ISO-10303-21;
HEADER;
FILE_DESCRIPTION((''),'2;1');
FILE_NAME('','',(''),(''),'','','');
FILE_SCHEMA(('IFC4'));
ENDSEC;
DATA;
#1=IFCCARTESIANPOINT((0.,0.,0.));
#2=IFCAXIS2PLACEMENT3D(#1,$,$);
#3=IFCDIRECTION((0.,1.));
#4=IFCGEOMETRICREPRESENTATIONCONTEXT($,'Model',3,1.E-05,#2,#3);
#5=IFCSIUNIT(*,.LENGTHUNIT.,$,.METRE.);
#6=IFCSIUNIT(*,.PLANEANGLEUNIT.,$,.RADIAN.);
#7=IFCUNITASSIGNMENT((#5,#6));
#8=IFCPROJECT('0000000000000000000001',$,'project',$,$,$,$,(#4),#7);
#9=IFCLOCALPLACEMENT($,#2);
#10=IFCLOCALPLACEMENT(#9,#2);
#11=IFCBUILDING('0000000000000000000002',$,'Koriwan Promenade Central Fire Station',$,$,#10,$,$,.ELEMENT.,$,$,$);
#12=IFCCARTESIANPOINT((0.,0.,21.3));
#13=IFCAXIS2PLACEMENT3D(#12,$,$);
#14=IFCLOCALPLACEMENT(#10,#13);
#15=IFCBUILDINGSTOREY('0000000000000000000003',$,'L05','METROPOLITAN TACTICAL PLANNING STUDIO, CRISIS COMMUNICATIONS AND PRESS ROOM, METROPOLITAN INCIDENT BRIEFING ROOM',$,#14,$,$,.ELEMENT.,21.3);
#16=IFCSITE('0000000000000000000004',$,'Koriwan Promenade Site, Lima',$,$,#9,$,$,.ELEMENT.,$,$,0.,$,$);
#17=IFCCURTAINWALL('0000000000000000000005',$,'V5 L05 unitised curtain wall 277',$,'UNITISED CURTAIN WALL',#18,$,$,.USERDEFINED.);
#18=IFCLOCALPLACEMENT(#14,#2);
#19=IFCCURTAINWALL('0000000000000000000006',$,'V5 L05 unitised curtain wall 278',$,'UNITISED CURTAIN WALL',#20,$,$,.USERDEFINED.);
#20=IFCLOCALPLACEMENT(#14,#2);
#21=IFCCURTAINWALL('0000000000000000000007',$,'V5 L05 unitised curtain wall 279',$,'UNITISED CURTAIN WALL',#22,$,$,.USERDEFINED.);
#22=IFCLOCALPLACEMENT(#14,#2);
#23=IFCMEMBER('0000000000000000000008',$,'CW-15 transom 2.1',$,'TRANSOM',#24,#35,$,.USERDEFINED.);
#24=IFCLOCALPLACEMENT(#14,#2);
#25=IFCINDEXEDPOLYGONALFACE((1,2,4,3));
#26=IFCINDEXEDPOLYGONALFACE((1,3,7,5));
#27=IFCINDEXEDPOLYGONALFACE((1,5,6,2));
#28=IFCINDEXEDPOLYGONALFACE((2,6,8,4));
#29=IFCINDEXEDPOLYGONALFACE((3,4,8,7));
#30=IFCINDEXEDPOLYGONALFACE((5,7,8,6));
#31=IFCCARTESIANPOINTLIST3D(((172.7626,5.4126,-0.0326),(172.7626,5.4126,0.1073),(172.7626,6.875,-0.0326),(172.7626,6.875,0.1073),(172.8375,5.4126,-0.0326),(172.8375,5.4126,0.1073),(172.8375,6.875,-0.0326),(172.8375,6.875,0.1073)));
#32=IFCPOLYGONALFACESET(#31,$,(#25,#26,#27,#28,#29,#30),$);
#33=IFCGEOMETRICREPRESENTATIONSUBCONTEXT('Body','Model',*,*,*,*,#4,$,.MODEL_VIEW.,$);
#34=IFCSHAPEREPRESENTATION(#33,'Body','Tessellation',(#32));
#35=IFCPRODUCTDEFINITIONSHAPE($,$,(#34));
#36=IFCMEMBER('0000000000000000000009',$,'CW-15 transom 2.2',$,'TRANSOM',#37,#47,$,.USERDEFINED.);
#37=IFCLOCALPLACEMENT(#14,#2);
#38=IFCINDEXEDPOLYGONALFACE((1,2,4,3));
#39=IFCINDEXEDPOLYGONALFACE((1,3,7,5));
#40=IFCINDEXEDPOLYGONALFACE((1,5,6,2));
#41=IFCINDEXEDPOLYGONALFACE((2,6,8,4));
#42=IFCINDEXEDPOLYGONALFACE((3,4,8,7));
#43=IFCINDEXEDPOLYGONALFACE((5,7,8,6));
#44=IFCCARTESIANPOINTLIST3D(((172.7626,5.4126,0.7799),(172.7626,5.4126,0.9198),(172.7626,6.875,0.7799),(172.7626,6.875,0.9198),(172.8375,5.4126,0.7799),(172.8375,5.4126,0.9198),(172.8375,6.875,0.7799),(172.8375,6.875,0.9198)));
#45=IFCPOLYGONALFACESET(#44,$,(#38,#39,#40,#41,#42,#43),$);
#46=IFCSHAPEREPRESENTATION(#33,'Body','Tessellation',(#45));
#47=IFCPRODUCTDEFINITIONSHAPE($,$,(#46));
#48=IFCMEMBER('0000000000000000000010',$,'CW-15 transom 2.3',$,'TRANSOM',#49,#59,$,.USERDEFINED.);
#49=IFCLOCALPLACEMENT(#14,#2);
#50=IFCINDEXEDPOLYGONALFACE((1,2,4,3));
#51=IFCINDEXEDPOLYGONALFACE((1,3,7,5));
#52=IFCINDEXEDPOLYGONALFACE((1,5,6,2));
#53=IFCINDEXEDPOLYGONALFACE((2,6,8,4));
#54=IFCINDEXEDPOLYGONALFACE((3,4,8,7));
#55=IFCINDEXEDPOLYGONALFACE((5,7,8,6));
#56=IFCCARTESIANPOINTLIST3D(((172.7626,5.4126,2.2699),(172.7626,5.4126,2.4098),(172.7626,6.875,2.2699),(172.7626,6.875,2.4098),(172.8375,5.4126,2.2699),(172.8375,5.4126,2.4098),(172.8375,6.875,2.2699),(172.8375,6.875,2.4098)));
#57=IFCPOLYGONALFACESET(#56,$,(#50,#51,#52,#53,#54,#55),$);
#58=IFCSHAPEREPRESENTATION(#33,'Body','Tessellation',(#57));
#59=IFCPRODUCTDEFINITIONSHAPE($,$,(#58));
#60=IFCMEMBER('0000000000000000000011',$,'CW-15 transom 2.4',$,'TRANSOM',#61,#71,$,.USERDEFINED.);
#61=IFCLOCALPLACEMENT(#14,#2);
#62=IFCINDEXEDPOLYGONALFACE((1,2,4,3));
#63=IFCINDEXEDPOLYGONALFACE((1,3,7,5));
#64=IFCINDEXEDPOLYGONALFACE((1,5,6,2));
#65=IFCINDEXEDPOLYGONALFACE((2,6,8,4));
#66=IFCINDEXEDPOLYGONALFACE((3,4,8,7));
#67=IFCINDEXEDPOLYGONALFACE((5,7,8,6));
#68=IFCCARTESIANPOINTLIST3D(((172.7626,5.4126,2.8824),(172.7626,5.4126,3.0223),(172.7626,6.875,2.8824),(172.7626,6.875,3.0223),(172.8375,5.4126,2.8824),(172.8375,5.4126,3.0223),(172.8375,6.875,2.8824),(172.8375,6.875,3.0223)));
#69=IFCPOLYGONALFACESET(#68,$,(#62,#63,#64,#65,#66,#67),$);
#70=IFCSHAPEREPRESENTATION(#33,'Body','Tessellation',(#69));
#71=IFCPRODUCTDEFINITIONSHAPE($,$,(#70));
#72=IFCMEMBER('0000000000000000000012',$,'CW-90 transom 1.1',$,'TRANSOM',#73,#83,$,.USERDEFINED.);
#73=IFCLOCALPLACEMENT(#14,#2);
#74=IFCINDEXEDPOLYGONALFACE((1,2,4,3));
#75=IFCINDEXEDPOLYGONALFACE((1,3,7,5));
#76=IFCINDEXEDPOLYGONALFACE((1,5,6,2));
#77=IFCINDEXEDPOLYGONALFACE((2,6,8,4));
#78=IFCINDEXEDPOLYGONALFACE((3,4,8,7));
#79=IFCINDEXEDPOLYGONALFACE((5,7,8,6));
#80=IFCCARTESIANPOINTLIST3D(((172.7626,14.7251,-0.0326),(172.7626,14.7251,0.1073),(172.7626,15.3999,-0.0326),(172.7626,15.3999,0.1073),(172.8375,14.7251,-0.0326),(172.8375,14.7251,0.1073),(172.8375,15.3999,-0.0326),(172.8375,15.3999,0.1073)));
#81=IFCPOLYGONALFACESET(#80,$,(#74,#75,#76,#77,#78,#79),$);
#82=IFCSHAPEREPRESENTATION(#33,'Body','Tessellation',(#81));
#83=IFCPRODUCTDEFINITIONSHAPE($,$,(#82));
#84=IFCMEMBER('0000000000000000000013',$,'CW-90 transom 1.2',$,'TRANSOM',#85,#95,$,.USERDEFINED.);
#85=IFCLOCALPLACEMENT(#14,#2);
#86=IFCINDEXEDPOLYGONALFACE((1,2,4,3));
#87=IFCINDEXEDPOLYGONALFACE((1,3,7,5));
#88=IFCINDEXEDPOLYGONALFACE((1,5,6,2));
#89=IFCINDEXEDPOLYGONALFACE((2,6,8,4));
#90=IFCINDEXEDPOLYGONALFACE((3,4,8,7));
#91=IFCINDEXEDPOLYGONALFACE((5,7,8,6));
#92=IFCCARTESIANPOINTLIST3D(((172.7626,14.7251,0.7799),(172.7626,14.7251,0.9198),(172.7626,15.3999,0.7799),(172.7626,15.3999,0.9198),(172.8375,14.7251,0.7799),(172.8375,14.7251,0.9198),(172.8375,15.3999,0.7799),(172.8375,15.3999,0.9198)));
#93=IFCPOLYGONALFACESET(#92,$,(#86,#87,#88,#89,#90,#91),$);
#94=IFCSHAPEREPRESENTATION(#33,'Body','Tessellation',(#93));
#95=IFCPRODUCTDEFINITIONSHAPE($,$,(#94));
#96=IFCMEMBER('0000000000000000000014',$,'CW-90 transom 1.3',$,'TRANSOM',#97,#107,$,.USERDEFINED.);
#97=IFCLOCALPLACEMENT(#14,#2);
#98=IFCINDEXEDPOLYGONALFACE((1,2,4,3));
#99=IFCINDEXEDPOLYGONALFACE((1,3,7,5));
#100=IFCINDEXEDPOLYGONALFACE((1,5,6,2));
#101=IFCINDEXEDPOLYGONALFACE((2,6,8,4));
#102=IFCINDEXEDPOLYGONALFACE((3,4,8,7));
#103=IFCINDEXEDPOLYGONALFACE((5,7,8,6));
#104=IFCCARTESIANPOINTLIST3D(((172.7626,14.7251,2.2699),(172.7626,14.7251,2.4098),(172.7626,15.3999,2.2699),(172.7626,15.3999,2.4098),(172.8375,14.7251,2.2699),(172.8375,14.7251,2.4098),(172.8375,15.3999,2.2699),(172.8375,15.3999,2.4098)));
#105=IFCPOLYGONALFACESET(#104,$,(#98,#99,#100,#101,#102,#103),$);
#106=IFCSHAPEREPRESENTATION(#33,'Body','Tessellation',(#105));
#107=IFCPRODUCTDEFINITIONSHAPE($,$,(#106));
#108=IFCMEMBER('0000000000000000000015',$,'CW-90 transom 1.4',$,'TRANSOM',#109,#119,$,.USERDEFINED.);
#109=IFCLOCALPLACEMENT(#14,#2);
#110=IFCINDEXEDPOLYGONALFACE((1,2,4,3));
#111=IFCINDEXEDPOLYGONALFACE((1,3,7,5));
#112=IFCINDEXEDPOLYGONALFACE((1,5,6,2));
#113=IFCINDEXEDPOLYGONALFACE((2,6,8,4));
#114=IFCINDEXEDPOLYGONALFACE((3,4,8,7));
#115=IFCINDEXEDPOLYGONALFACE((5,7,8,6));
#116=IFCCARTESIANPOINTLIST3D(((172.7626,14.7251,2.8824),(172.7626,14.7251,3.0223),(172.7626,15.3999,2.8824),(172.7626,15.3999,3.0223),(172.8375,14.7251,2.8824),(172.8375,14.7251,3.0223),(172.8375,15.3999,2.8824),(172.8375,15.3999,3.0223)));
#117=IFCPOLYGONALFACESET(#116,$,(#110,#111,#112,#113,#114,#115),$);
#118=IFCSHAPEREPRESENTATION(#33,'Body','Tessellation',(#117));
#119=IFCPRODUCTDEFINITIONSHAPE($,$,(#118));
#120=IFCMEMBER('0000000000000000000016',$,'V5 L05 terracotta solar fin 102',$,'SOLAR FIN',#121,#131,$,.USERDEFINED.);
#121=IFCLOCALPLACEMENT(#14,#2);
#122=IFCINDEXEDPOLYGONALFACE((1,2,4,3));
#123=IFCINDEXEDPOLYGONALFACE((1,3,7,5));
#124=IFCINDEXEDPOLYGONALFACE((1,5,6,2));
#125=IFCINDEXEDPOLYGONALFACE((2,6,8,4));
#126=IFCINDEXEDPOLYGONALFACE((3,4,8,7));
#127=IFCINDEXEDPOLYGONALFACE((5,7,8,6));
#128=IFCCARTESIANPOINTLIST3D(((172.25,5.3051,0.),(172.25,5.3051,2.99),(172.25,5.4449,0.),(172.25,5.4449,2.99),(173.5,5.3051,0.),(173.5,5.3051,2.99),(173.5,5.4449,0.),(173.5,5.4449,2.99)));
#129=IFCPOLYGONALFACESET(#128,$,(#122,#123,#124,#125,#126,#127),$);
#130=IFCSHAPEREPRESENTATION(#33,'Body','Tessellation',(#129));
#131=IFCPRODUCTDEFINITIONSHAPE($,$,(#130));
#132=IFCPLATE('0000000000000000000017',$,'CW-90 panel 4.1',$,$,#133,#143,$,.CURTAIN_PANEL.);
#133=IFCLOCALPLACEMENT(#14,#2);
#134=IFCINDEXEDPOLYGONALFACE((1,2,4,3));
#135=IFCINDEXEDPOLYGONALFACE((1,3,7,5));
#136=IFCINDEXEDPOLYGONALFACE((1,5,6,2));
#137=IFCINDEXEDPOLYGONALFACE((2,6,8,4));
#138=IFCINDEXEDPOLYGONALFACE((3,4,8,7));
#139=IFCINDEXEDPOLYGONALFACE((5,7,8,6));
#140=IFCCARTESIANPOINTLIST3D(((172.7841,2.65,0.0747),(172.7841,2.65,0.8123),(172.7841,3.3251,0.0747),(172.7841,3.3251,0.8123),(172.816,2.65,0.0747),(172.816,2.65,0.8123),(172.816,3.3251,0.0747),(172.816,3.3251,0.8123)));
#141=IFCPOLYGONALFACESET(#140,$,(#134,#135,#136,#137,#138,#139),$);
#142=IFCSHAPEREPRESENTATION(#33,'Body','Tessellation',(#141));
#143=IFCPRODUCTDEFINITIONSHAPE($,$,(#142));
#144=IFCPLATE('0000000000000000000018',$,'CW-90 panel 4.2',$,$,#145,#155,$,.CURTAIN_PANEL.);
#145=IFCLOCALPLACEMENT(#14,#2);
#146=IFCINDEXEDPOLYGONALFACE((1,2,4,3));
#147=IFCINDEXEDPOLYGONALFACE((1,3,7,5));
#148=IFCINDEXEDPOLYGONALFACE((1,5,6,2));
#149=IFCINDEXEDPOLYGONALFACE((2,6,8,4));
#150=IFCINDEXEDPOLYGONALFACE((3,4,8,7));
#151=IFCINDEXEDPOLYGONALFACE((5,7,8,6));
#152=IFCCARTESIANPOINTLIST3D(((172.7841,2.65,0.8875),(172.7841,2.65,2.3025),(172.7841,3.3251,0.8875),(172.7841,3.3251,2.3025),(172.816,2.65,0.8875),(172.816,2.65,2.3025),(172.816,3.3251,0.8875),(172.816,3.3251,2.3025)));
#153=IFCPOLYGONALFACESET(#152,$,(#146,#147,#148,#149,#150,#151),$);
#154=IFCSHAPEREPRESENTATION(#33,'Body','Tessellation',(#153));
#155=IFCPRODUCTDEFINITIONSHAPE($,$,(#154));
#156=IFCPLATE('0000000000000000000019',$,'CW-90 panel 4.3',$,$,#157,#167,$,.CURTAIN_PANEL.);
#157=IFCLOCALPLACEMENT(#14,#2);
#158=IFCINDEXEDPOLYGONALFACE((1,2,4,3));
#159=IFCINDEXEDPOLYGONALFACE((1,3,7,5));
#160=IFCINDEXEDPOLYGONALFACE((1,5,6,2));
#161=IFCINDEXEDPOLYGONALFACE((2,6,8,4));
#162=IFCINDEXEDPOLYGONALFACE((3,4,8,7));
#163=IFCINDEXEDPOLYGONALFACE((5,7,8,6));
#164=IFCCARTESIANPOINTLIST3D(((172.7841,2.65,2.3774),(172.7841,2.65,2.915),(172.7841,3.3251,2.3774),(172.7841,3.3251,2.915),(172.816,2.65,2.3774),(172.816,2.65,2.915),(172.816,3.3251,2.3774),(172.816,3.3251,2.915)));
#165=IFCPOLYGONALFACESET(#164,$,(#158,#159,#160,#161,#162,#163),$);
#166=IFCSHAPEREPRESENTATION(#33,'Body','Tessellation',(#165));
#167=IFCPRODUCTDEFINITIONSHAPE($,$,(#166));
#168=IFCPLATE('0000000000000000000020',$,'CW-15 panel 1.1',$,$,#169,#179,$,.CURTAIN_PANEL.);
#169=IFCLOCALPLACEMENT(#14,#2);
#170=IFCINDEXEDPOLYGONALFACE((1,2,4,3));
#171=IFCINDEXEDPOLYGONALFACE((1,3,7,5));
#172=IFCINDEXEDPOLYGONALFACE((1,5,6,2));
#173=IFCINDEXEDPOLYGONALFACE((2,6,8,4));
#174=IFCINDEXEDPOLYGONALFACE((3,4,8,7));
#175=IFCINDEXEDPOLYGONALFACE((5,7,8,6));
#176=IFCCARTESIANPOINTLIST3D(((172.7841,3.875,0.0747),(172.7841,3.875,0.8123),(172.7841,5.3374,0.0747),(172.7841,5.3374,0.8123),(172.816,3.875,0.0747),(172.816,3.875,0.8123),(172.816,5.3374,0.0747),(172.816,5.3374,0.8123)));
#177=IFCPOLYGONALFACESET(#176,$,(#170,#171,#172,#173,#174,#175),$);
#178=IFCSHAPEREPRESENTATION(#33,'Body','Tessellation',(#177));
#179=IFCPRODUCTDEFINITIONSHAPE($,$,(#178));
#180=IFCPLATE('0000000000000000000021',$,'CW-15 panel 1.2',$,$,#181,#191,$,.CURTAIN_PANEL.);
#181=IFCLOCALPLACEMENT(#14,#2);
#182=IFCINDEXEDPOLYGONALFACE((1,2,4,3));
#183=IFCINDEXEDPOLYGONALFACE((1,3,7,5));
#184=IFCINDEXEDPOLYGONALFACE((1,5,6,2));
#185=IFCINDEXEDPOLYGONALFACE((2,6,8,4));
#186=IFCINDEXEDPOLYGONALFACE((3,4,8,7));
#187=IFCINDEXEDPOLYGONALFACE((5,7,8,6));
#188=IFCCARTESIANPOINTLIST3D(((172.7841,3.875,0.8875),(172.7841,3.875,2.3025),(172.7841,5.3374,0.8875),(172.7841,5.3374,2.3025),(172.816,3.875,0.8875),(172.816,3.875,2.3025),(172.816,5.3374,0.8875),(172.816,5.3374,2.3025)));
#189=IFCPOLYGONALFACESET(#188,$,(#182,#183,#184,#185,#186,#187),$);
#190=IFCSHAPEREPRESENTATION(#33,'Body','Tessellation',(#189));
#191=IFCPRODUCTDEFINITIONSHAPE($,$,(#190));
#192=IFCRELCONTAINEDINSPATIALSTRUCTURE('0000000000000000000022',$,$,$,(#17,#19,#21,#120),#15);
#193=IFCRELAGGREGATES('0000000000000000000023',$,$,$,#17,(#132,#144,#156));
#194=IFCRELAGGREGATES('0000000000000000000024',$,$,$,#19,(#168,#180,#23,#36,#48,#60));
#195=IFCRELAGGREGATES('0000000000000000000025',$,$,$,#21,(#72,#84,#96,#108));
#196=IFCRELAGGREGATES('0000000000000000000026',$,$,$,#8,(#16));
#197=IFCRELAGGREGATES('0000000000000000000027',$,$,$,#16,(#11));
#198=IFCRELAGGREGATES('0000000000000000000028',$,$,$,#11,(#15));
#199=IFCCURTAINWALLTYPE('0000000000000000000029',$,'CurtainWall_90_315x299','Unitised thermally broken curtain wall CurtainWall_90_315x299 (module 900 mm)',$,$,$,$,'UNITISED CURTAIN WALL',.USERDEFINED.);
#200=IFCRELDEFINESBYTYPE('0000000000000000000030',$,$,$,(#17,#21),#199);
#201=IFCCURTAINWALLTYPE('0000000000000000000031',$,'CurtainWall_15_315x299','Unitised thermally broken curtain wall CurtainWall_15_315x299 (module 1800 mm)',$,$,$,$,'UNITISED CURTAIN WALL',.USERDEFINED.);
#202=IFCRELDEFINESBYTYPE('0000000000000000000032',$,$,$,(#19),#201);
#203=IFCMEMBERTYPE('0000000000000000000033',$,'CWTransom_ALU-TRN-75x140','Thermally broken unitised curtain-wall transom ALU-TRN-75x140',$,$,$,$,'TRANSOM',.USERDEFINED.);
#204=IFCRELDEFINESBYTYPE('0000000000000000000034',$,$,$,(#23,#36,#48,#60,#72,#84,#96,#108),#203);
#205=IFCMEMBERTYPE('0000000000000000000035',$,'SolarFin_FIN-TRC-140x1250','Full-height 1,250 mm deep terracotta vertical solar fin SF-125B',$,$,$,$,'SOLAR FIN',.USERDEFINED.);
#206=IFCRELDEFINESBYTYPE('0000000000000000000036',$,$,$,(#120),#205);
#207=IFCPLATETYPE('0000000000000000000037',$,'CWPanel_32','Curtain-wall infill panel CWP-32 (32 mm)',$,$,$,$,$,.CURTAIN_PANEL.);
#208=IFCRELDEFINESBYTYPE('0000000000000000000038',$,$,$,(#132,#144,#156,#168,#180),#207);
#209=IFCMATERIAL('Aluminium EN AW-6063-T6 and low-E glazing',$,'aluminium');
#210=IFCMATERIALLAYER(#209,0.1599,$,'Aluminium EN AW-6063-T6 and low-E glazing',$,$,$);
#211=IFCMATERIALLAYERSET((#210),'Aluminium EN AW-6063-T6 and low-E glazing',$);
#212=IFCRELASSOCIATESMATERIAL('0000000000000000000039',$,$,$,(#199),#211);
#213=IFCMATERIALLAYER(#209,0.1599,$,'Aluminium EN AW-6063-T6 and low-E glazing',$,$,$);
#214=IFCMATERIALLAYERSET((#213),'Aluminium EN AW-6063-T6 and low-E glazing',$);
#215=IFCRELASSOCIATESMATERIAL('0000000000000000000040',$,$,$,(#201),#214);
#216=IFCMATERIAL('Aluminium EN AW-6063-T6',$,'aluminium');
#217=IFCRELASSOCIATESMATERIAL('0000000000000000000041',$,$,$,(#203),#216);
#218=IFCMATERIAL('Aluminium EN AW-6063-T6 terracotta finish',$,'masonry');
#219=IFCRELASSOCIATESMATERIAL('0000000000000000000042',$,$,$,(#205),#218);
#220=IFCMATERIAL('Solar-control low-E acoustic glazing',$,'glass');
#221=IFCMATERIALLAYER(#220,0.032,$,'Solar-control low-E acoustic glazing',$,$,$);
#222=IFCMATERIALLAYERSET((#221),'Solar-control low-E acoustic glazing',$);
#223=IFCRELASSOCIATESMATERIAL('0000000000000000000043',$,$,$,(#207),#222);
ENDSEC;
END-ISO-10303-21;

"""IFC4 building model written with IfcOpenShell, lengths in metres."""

from ifc_helpers import new_model, si_unit, direction, frame, origin, origin_2d, place, context, subcontext, project, spatial, rectangle, extrude, material, layer, layer_set, material_profile, profile_set, type_object, element, aggregate, save


model = new_model("IFC4")

# Units and contexts
model_context = context("Model", 3, precision=1e-05, world=origin(), true_north=direction((0.0, 1.0)))
body_context = subcontext(model_context, "Body", "Model", "MODEL_VIEW")
ifc_project = project(units=[si_unit("LENGTHUNIT", "METRE"), si_unit("PLANEANGLEUNIT", "RADIAN")], contexts=[model_context])

# Site, building, storey
site_placement = place(None, origin())
site = spatial("IfcSite", under=ifc_project, at=site_placement, Name="Koriwan Promenade Site, Lima", CompositionType="ELEMENT", RefElevation=0.0)
building_placement = place(site_placement, origin())
building = spatial("IfcBuilding", under=site, at=building_placement, Name="Koriwan Promenade Central Fire Station", CompositionType="ELEMENT")
storey_placement = place(building_placement, frame((0.0, 0.0, 21.3)))
storey = spatial("IfcBuildingStorey", under=building, at=storey_placement, Name="L05", Description="METROPOLITAN TACTICAL PLANNING STUDIO, CRISIS COMMUNICATIONS AND PRESS ROOM, METROPOLITAN INCIDENT BRIEFING ROOM", CompositionType="ELEMENT", Elevation=21.3)

# Curtain wall
ifc_material_1 = material(Name="Aluminium EN AW-6063-T6 and low-E glazing", Category="aluminium")
ifc_layer_1 = layer(ifc_material_1, 0.1599, Name="Aluminium EN AW-6063-T6 and low-E glazing")
ifc_layer_set_1 = layer_set([ifc_layer_1], Name="Aluminium EN AW-6063-T6 and low-E glazing")
curtain_wall_type_1 = type_object("IfcCurtainWallType", Name="CurtainWall_90_315x299", Description="Unitised thermally broken curtain wall CurtainWall_90_315x299 (module 900 mm)", ElementType="UNITISED CURTAIN WALL", PredefinedType="USERDEFINED", material=ifc_layer_set_1)
curtain_wall_1_placement = place(storey_placement, origin())
curtain_wall_1 = element("IfcCurtainWall", 1, at=curtain_wall_1_placement, inside=storey, type_object=curtain_wall_type_1, Name="V5 L05 unitised curtain wall 277", ObjectType="UNITISED CURTAIN WALL", PredefinedType="USERDEFINED")
ifc_material_2 = material(Name="Aluminium EN AW-6063-T6", Category="aluminium")

# Curtain wall
ifc_layer_2 = layer(ifc_material_1, 0.1599, Name="Aluminium EN AW-6063-T6 and low-E glazing")
ifc_layer_set_2 = layer_set([ifc_layer_2], Name="Aluminium EN AW-6063-T6 and low-E glazing")
curtain_wall_type_2 = type_object("IfcCurtainWallType", Name="CurtainWall_15_315x299", Description="Unitised thermally broken curtain wall CurtainWall_15_315x299 (module 1800 mm)", ElementType="UNITISED CURTAIN WALL", PredefinedType="USERDEFINED", material=ifc_layer_set_2)
curtain_wall_2_placement = place(storey_placement, origin())
curtain_wall_2 = element("IfcCurtainWall", 2, at=curtain_wall_2_placement, inside=storey, type_object=curtain_wall_type_2, Name="V5 L05 unitised curtain wall 278", ObjectType="UNITISED CURTAIN WALL", PredefinedType="USERDEFINED")

# Curtain wall
curtain_wall_3_placement = place(storey_placement, origin())
curtain_wall_3 = element("IfcCurtainWall", 3, at=curtain_wall_3_placement, inside=storey, type_object=curtain_wall_type_1, Name="V5 L05 unitised curtain wall 279", ObjectType="UNITISED CURTAIN WALL", PredefinedType="USERDEFINED")

# Members
ifc_material_profile_1 = material_profile(ifc_material_2, rectangle(XDim=0.075, YDim=0.1399, at=origin_2d()), Name="ALU-TRN-75x140")
ifc_profile_set_1 = profile_set([ifc_material_profile_1], Name="Aluminium EN AW-6063-T6")
member_type_1 = type_object("IfcMemberType", Name="CWTransom_ALU-TRN-75x140", Description="Thermally broken unitised curtain-wall transom ALU-TRN-75x140", ElementType="TRANSOM", PredefinedType="USERDEFINED", material=ifc_profile_set_1)
member_1_placement = place(storey_placement, frame((172.8, 5.4126, 0.0374), z_axis=(0.0, 1.0, 0.0), x_axis=(-1.0, 0.0, 0.0)))
member_1 = element("IfcMember", 4, at=member_1_placement, type_object=member_type_1, Name="CW-15 transom 2.1", ObjectType="TRANSOM", PredefinedType="USERDEFINED", context=body_context, shape_type="SweptSolid", body=[
    extrude(rectangle(XDim=0.075, YDim=0.1399, at=origin_2d()), origin(), (0.0, 0.0, 1.0), 1.4624),
])
member_2_placement = place(storey_placement, frame((172.8, 5.4126, 0.8499), z_axis=(0.0, 1.0, 0.0), x_axis=(-1.0, 0.0, 0.0)))
member_2 = element("IfcMember", 5, at=member_2_placement, type_object=member_type_1, Name="CW-15 transom 2.2", ObjectType="TRANSOM", PredefinedType="USERDEFINED", context=body_context, shape_type="SweptSolid", body=[
    extrude(rectangle(XDim=0.075, YDim=0.1399, at=origin_2d()), origin(), (0.0, 0.0, 1.0), 1.4624),
])
member_3_placement = place(storey_placement, frame((172.8, 5.4126, 2.3398), z_axis=(0.0, 1.0, 0.0), x_axis=(-1.0, 0.0, 0.0)))
member_3 = element("IfcMember", 6, at=member_3_placement, type_object=member_type_1, Name="CW-15 transom 2.3", ObjectType="TRANSOM", PredefinedType="USERDEFINED", context=body_context, shape_type="SweptSolid", body=[
    extrude(rectangle(XDim=0.075, YDim=0.1399, at=origin_2d()), origin(), (0.0, 0.0, 1.0), 1.4624),
])
member_4_placement = place(storey_placement, frame((172.8, 5.4126, 2.9524), z_axis=(0.0, 1.0, 0.0), x_axis=(-1.0, 0.0, 0.0)))
member_4 = element("IfcMember", 7, at=member_4_placement, type_object=member_type_1, Name="CW-15 transom 2.4", ObjectType="TRANSOM", PredefinedType="USERDEFINED", context=body_context, shape_type="SweptSolid", body=[
    extrude(rectangle(XDim=0.075, YDim=0.1399, at=origin_2d()), origin(), (0.0, 0.0, 1.0), 1.4624),
])
member_5_placement = place(storey_placement, frame((172.8, 14.7251, 0.0374), z_axis=(0.0, 1.0, 0.0), x_axis=(-1.0, 0.0, 0.0)))
member_5 = element("IfcMember", 8, at=member_5_placement, type_object=member_type_1, Name="CW-90 transom 1.1", ObjectType="TRANSOM", PredefinedType="USERDEFINED", context=body_context, shape_type="SweptSolid", body=[
    extrude(rectangle(XDim=0.075, YDim=0.1399, at=origin_2d()), origin(), (0.0, 0.0, 1.0), 0.6748),
])
member_6_placement = place(storey_placement, frame((172.8, 14.7251, 0.8499), z_axis=(0.0, 1.0, 0.0), x_axis=(-1.0, 0.0, 0.0)))
member_6 = element("IfcMember", 9, at=member_6_placement, type_object=member_type_1, Name="CW-90 transom 1.2", ObjectType="TRANSOM", PredefinedType="USERDEFINED", context=body_context, shape_type="SweptSolid", body=[
    extrude(rectangle(XDim=0.075, YDim=0.1399, at=origin_2d()), origin(), (0.0, 0.0, 1.0), 0.6748),
])
member_7_placement = place(storey_placement, frame((172.8, 14.7251, 2.3398), z_axis=(0.0, 1.0, 0.0), x_axis=(-1.0, 0.0, 0.0)))
member_7 = element("IfcMember", 10, at=member_7_placement, type_object=member_type_1, Name="CW-90 transom 1.3", ObjectType="TRANSOM", PredefinedType="USERDEFINED", context=body_context, shape_type="SweptSolid", body=[
    extrude(rectangle(XDim=0.075, YDim=0.1399, at=origin_2d()), origin(), (0.0, 0.0, 1.0), 0.6748),
])
member_8_placement = place(storey_placement, frame((172.8, 14.7251, 2.9524), z_axis=(0.0, 1.0, 0.0), x_axis=(-1.0, 0.0, 0.0)))
member_8 = element("IfcMember", 11, at=member_8_placement, type_object=member_type_1, Name="CW-90 transom 1.4", ObjectType="TRANSOM", PredefinedType="USERDEFINED", context=body_context, shape_type="SweptSolid", body=[
    extrude(rectangle(XDim=0.075, YDim=0.1399, at=origin_2d()), origin(), (0.0, 0.0, 1.0), 0.6748),
])
ifc_material_3 = material(Name="Aluminium EN AW-6063-T6 terracotta finish", Category="masonry")
ifc_material_profile_2 = material_profile(ifc_material_3, rectangle(XDim=0.1399, YDim=1.25, at=origin_2d()), Name="FIN-TRC-140x1250")
ifc_profile_set_2 = profile_set([ifc_material_profile_2], Name="Aluminium EN AW-6063-T6 terracotta finish")
member_type_2 = type_object("IfcMemberType", Name="SolarFin_FIN-TRC-140x1250", Description="Full-height 1,250 mm deep terracotta vertical solar fin SF-125B", ElementType="SOLAR FIN", PredefinedType="USERDEFINED", material=ifc_profile_set_2)
member_9_placement = place(storey_placement, frame((172.875, 5.375, 0.0), z_axis=(0.0, 0.0, 1.0), x_axis=(0.0, -1.0, 0.0)))
element("IfcMember", 12, at=member_9_placement, inside=storey, type_object=member_type_2, Name="V5 L05 terracotta solar fin 102", ObjectType="SOLAR FIN", PredefinedType="USERDEFINED", context=body_context, shape_type="SweptSolid", body=[
    extrude(rectangle(XDim=0.1399, YDim=1.25, at=origin_2d()), origin(), (0.0, 0.0, 1.0), 2.99),
])

# Plates
ifc_material_4 = material(Name="Solar-control low-E acoustic glazing", Category="glass")
ifc_layer_3 = layer(ifc_material_4, 0.032, Name="Solar-control low-E acoustic glazing")
ifc_layer_set_3 = layer_set([ifc_layer_3], Name="Solar-control low-E acoustic glazing")
plate_type = type_object("IfcPlateType", Name="CWPanel_32", Description="Curtain-wall infill panel CWP-32 (32 mm)", PredefinedType="CURTAIN_PANEL", material=ifc_layer_set_3)
plate_1_placement = place(storey_placement, frame((172.8, 2.9875, 0.0747), z_axis=(0.0, 0.0, 1.0), x_axis=(0.0, 1.0, 0.0)))
plate_1 = element("IfcPlate", 13, at=plate_1_placement, type_object=plate_type, Name="CW-90 panel 4.1", PredefinedType="CURTAIN_PANEL", context=body_context, shape_type="SweptSolid", body=[
    extrude(rectangle(XDim=0.675, YDim=0.032, at=origin_2d()), origin(), (0.0, 0.0, 1.0), 0.7375),
])
plate_2_placement = place(storey_placement, frame((172.8, 2.9875, 0.8875), z_axis=(0.0, 0.0, 1.0), x_axis=(0.0, 1.0, 0.0)))
plate_2 = element("IfcPlate", 14, at=plate_2_placement, type_object=plate_type, Name="CW-90 panel 4.2", PredefinedType="CURTAIN_PANEL", context=body_context, shape_type="SweptSolid", body=[
    extrude(rectangle(XDim=0.675, YDim=0.032, at=origin_2d()), origin(), (0.0, 0.0, 1.0), 1.415),
])
plate_3_placement = place(storey_placement, frame((172.8, 2.9875, 2.3774), z_axis=(0.0, 0.0, 1.0), x_axis=(0.0, 1.0, 0.0)))
plate_3 = element("IfcPlate", 15, at=plate_3_placement, type_object=plate_type, Name="CW-90 panel 4.3", PredefinedType="CURTAIN_PANEL", context=body_context, shape_type="SweptSolid", body=[
    extrude(rectangle(XDim=0.675, YDim=0.032, at=origin_2d()), origin(), (0.0, 0.0, 1.0), 0.5376),
])
aggregate(curtain_wall_1, [plate_1, plate_2, plate_3])
plate_4_placement = place(storey_placement, frame((172.8, 4.6062, 0.0747), z_axis=(0.0, 0.0, 1.0), x_axis=(0.0, 1.0, 0.0)))
plate_4 = element("IfcPlate", 16, at=plate_4_placement, type_object=plate_type, Name="CW-15 panel 1.1", PredefinedType="CURTAIN_PANEL", context=body_context, shape_type="SweptSolid", body=[
    extrude(rectangle(XDim=1.4624, YDim=0.032, at=origin_2d()), origin(), (0.0, 0.0, 1.0), 0.7375),
])
plate_5_placement = place(storey_placement, frame((172.8, 4.6062, 0.8875), z_axis=(0.0, 0.0, 1.0), x_axis=(0.0, 1.0, 0.0)))
plate_5 = element("IfcPlate", 17, at=plate_5_placement, type_object=plate_type, Name="CW-15 panel 1.2", PredefinedType="CURTAIN_PANEL", context=body_context, shape_type="SweptSolid", body=[
    extrude(rectangle(XDim=1.4624, YDim=0.032, at=origin_2d()), origin(), (0.0, 0.0, 1.0), 1.415),
])
aggregate(curtain_wall_2, [plate_4, plate_5, member_1, member_2, member_3, member_4])
aggregate(curtain_wall_3, [member_5, member_6, member_7, member_8])

save(model, "model.ifc")
